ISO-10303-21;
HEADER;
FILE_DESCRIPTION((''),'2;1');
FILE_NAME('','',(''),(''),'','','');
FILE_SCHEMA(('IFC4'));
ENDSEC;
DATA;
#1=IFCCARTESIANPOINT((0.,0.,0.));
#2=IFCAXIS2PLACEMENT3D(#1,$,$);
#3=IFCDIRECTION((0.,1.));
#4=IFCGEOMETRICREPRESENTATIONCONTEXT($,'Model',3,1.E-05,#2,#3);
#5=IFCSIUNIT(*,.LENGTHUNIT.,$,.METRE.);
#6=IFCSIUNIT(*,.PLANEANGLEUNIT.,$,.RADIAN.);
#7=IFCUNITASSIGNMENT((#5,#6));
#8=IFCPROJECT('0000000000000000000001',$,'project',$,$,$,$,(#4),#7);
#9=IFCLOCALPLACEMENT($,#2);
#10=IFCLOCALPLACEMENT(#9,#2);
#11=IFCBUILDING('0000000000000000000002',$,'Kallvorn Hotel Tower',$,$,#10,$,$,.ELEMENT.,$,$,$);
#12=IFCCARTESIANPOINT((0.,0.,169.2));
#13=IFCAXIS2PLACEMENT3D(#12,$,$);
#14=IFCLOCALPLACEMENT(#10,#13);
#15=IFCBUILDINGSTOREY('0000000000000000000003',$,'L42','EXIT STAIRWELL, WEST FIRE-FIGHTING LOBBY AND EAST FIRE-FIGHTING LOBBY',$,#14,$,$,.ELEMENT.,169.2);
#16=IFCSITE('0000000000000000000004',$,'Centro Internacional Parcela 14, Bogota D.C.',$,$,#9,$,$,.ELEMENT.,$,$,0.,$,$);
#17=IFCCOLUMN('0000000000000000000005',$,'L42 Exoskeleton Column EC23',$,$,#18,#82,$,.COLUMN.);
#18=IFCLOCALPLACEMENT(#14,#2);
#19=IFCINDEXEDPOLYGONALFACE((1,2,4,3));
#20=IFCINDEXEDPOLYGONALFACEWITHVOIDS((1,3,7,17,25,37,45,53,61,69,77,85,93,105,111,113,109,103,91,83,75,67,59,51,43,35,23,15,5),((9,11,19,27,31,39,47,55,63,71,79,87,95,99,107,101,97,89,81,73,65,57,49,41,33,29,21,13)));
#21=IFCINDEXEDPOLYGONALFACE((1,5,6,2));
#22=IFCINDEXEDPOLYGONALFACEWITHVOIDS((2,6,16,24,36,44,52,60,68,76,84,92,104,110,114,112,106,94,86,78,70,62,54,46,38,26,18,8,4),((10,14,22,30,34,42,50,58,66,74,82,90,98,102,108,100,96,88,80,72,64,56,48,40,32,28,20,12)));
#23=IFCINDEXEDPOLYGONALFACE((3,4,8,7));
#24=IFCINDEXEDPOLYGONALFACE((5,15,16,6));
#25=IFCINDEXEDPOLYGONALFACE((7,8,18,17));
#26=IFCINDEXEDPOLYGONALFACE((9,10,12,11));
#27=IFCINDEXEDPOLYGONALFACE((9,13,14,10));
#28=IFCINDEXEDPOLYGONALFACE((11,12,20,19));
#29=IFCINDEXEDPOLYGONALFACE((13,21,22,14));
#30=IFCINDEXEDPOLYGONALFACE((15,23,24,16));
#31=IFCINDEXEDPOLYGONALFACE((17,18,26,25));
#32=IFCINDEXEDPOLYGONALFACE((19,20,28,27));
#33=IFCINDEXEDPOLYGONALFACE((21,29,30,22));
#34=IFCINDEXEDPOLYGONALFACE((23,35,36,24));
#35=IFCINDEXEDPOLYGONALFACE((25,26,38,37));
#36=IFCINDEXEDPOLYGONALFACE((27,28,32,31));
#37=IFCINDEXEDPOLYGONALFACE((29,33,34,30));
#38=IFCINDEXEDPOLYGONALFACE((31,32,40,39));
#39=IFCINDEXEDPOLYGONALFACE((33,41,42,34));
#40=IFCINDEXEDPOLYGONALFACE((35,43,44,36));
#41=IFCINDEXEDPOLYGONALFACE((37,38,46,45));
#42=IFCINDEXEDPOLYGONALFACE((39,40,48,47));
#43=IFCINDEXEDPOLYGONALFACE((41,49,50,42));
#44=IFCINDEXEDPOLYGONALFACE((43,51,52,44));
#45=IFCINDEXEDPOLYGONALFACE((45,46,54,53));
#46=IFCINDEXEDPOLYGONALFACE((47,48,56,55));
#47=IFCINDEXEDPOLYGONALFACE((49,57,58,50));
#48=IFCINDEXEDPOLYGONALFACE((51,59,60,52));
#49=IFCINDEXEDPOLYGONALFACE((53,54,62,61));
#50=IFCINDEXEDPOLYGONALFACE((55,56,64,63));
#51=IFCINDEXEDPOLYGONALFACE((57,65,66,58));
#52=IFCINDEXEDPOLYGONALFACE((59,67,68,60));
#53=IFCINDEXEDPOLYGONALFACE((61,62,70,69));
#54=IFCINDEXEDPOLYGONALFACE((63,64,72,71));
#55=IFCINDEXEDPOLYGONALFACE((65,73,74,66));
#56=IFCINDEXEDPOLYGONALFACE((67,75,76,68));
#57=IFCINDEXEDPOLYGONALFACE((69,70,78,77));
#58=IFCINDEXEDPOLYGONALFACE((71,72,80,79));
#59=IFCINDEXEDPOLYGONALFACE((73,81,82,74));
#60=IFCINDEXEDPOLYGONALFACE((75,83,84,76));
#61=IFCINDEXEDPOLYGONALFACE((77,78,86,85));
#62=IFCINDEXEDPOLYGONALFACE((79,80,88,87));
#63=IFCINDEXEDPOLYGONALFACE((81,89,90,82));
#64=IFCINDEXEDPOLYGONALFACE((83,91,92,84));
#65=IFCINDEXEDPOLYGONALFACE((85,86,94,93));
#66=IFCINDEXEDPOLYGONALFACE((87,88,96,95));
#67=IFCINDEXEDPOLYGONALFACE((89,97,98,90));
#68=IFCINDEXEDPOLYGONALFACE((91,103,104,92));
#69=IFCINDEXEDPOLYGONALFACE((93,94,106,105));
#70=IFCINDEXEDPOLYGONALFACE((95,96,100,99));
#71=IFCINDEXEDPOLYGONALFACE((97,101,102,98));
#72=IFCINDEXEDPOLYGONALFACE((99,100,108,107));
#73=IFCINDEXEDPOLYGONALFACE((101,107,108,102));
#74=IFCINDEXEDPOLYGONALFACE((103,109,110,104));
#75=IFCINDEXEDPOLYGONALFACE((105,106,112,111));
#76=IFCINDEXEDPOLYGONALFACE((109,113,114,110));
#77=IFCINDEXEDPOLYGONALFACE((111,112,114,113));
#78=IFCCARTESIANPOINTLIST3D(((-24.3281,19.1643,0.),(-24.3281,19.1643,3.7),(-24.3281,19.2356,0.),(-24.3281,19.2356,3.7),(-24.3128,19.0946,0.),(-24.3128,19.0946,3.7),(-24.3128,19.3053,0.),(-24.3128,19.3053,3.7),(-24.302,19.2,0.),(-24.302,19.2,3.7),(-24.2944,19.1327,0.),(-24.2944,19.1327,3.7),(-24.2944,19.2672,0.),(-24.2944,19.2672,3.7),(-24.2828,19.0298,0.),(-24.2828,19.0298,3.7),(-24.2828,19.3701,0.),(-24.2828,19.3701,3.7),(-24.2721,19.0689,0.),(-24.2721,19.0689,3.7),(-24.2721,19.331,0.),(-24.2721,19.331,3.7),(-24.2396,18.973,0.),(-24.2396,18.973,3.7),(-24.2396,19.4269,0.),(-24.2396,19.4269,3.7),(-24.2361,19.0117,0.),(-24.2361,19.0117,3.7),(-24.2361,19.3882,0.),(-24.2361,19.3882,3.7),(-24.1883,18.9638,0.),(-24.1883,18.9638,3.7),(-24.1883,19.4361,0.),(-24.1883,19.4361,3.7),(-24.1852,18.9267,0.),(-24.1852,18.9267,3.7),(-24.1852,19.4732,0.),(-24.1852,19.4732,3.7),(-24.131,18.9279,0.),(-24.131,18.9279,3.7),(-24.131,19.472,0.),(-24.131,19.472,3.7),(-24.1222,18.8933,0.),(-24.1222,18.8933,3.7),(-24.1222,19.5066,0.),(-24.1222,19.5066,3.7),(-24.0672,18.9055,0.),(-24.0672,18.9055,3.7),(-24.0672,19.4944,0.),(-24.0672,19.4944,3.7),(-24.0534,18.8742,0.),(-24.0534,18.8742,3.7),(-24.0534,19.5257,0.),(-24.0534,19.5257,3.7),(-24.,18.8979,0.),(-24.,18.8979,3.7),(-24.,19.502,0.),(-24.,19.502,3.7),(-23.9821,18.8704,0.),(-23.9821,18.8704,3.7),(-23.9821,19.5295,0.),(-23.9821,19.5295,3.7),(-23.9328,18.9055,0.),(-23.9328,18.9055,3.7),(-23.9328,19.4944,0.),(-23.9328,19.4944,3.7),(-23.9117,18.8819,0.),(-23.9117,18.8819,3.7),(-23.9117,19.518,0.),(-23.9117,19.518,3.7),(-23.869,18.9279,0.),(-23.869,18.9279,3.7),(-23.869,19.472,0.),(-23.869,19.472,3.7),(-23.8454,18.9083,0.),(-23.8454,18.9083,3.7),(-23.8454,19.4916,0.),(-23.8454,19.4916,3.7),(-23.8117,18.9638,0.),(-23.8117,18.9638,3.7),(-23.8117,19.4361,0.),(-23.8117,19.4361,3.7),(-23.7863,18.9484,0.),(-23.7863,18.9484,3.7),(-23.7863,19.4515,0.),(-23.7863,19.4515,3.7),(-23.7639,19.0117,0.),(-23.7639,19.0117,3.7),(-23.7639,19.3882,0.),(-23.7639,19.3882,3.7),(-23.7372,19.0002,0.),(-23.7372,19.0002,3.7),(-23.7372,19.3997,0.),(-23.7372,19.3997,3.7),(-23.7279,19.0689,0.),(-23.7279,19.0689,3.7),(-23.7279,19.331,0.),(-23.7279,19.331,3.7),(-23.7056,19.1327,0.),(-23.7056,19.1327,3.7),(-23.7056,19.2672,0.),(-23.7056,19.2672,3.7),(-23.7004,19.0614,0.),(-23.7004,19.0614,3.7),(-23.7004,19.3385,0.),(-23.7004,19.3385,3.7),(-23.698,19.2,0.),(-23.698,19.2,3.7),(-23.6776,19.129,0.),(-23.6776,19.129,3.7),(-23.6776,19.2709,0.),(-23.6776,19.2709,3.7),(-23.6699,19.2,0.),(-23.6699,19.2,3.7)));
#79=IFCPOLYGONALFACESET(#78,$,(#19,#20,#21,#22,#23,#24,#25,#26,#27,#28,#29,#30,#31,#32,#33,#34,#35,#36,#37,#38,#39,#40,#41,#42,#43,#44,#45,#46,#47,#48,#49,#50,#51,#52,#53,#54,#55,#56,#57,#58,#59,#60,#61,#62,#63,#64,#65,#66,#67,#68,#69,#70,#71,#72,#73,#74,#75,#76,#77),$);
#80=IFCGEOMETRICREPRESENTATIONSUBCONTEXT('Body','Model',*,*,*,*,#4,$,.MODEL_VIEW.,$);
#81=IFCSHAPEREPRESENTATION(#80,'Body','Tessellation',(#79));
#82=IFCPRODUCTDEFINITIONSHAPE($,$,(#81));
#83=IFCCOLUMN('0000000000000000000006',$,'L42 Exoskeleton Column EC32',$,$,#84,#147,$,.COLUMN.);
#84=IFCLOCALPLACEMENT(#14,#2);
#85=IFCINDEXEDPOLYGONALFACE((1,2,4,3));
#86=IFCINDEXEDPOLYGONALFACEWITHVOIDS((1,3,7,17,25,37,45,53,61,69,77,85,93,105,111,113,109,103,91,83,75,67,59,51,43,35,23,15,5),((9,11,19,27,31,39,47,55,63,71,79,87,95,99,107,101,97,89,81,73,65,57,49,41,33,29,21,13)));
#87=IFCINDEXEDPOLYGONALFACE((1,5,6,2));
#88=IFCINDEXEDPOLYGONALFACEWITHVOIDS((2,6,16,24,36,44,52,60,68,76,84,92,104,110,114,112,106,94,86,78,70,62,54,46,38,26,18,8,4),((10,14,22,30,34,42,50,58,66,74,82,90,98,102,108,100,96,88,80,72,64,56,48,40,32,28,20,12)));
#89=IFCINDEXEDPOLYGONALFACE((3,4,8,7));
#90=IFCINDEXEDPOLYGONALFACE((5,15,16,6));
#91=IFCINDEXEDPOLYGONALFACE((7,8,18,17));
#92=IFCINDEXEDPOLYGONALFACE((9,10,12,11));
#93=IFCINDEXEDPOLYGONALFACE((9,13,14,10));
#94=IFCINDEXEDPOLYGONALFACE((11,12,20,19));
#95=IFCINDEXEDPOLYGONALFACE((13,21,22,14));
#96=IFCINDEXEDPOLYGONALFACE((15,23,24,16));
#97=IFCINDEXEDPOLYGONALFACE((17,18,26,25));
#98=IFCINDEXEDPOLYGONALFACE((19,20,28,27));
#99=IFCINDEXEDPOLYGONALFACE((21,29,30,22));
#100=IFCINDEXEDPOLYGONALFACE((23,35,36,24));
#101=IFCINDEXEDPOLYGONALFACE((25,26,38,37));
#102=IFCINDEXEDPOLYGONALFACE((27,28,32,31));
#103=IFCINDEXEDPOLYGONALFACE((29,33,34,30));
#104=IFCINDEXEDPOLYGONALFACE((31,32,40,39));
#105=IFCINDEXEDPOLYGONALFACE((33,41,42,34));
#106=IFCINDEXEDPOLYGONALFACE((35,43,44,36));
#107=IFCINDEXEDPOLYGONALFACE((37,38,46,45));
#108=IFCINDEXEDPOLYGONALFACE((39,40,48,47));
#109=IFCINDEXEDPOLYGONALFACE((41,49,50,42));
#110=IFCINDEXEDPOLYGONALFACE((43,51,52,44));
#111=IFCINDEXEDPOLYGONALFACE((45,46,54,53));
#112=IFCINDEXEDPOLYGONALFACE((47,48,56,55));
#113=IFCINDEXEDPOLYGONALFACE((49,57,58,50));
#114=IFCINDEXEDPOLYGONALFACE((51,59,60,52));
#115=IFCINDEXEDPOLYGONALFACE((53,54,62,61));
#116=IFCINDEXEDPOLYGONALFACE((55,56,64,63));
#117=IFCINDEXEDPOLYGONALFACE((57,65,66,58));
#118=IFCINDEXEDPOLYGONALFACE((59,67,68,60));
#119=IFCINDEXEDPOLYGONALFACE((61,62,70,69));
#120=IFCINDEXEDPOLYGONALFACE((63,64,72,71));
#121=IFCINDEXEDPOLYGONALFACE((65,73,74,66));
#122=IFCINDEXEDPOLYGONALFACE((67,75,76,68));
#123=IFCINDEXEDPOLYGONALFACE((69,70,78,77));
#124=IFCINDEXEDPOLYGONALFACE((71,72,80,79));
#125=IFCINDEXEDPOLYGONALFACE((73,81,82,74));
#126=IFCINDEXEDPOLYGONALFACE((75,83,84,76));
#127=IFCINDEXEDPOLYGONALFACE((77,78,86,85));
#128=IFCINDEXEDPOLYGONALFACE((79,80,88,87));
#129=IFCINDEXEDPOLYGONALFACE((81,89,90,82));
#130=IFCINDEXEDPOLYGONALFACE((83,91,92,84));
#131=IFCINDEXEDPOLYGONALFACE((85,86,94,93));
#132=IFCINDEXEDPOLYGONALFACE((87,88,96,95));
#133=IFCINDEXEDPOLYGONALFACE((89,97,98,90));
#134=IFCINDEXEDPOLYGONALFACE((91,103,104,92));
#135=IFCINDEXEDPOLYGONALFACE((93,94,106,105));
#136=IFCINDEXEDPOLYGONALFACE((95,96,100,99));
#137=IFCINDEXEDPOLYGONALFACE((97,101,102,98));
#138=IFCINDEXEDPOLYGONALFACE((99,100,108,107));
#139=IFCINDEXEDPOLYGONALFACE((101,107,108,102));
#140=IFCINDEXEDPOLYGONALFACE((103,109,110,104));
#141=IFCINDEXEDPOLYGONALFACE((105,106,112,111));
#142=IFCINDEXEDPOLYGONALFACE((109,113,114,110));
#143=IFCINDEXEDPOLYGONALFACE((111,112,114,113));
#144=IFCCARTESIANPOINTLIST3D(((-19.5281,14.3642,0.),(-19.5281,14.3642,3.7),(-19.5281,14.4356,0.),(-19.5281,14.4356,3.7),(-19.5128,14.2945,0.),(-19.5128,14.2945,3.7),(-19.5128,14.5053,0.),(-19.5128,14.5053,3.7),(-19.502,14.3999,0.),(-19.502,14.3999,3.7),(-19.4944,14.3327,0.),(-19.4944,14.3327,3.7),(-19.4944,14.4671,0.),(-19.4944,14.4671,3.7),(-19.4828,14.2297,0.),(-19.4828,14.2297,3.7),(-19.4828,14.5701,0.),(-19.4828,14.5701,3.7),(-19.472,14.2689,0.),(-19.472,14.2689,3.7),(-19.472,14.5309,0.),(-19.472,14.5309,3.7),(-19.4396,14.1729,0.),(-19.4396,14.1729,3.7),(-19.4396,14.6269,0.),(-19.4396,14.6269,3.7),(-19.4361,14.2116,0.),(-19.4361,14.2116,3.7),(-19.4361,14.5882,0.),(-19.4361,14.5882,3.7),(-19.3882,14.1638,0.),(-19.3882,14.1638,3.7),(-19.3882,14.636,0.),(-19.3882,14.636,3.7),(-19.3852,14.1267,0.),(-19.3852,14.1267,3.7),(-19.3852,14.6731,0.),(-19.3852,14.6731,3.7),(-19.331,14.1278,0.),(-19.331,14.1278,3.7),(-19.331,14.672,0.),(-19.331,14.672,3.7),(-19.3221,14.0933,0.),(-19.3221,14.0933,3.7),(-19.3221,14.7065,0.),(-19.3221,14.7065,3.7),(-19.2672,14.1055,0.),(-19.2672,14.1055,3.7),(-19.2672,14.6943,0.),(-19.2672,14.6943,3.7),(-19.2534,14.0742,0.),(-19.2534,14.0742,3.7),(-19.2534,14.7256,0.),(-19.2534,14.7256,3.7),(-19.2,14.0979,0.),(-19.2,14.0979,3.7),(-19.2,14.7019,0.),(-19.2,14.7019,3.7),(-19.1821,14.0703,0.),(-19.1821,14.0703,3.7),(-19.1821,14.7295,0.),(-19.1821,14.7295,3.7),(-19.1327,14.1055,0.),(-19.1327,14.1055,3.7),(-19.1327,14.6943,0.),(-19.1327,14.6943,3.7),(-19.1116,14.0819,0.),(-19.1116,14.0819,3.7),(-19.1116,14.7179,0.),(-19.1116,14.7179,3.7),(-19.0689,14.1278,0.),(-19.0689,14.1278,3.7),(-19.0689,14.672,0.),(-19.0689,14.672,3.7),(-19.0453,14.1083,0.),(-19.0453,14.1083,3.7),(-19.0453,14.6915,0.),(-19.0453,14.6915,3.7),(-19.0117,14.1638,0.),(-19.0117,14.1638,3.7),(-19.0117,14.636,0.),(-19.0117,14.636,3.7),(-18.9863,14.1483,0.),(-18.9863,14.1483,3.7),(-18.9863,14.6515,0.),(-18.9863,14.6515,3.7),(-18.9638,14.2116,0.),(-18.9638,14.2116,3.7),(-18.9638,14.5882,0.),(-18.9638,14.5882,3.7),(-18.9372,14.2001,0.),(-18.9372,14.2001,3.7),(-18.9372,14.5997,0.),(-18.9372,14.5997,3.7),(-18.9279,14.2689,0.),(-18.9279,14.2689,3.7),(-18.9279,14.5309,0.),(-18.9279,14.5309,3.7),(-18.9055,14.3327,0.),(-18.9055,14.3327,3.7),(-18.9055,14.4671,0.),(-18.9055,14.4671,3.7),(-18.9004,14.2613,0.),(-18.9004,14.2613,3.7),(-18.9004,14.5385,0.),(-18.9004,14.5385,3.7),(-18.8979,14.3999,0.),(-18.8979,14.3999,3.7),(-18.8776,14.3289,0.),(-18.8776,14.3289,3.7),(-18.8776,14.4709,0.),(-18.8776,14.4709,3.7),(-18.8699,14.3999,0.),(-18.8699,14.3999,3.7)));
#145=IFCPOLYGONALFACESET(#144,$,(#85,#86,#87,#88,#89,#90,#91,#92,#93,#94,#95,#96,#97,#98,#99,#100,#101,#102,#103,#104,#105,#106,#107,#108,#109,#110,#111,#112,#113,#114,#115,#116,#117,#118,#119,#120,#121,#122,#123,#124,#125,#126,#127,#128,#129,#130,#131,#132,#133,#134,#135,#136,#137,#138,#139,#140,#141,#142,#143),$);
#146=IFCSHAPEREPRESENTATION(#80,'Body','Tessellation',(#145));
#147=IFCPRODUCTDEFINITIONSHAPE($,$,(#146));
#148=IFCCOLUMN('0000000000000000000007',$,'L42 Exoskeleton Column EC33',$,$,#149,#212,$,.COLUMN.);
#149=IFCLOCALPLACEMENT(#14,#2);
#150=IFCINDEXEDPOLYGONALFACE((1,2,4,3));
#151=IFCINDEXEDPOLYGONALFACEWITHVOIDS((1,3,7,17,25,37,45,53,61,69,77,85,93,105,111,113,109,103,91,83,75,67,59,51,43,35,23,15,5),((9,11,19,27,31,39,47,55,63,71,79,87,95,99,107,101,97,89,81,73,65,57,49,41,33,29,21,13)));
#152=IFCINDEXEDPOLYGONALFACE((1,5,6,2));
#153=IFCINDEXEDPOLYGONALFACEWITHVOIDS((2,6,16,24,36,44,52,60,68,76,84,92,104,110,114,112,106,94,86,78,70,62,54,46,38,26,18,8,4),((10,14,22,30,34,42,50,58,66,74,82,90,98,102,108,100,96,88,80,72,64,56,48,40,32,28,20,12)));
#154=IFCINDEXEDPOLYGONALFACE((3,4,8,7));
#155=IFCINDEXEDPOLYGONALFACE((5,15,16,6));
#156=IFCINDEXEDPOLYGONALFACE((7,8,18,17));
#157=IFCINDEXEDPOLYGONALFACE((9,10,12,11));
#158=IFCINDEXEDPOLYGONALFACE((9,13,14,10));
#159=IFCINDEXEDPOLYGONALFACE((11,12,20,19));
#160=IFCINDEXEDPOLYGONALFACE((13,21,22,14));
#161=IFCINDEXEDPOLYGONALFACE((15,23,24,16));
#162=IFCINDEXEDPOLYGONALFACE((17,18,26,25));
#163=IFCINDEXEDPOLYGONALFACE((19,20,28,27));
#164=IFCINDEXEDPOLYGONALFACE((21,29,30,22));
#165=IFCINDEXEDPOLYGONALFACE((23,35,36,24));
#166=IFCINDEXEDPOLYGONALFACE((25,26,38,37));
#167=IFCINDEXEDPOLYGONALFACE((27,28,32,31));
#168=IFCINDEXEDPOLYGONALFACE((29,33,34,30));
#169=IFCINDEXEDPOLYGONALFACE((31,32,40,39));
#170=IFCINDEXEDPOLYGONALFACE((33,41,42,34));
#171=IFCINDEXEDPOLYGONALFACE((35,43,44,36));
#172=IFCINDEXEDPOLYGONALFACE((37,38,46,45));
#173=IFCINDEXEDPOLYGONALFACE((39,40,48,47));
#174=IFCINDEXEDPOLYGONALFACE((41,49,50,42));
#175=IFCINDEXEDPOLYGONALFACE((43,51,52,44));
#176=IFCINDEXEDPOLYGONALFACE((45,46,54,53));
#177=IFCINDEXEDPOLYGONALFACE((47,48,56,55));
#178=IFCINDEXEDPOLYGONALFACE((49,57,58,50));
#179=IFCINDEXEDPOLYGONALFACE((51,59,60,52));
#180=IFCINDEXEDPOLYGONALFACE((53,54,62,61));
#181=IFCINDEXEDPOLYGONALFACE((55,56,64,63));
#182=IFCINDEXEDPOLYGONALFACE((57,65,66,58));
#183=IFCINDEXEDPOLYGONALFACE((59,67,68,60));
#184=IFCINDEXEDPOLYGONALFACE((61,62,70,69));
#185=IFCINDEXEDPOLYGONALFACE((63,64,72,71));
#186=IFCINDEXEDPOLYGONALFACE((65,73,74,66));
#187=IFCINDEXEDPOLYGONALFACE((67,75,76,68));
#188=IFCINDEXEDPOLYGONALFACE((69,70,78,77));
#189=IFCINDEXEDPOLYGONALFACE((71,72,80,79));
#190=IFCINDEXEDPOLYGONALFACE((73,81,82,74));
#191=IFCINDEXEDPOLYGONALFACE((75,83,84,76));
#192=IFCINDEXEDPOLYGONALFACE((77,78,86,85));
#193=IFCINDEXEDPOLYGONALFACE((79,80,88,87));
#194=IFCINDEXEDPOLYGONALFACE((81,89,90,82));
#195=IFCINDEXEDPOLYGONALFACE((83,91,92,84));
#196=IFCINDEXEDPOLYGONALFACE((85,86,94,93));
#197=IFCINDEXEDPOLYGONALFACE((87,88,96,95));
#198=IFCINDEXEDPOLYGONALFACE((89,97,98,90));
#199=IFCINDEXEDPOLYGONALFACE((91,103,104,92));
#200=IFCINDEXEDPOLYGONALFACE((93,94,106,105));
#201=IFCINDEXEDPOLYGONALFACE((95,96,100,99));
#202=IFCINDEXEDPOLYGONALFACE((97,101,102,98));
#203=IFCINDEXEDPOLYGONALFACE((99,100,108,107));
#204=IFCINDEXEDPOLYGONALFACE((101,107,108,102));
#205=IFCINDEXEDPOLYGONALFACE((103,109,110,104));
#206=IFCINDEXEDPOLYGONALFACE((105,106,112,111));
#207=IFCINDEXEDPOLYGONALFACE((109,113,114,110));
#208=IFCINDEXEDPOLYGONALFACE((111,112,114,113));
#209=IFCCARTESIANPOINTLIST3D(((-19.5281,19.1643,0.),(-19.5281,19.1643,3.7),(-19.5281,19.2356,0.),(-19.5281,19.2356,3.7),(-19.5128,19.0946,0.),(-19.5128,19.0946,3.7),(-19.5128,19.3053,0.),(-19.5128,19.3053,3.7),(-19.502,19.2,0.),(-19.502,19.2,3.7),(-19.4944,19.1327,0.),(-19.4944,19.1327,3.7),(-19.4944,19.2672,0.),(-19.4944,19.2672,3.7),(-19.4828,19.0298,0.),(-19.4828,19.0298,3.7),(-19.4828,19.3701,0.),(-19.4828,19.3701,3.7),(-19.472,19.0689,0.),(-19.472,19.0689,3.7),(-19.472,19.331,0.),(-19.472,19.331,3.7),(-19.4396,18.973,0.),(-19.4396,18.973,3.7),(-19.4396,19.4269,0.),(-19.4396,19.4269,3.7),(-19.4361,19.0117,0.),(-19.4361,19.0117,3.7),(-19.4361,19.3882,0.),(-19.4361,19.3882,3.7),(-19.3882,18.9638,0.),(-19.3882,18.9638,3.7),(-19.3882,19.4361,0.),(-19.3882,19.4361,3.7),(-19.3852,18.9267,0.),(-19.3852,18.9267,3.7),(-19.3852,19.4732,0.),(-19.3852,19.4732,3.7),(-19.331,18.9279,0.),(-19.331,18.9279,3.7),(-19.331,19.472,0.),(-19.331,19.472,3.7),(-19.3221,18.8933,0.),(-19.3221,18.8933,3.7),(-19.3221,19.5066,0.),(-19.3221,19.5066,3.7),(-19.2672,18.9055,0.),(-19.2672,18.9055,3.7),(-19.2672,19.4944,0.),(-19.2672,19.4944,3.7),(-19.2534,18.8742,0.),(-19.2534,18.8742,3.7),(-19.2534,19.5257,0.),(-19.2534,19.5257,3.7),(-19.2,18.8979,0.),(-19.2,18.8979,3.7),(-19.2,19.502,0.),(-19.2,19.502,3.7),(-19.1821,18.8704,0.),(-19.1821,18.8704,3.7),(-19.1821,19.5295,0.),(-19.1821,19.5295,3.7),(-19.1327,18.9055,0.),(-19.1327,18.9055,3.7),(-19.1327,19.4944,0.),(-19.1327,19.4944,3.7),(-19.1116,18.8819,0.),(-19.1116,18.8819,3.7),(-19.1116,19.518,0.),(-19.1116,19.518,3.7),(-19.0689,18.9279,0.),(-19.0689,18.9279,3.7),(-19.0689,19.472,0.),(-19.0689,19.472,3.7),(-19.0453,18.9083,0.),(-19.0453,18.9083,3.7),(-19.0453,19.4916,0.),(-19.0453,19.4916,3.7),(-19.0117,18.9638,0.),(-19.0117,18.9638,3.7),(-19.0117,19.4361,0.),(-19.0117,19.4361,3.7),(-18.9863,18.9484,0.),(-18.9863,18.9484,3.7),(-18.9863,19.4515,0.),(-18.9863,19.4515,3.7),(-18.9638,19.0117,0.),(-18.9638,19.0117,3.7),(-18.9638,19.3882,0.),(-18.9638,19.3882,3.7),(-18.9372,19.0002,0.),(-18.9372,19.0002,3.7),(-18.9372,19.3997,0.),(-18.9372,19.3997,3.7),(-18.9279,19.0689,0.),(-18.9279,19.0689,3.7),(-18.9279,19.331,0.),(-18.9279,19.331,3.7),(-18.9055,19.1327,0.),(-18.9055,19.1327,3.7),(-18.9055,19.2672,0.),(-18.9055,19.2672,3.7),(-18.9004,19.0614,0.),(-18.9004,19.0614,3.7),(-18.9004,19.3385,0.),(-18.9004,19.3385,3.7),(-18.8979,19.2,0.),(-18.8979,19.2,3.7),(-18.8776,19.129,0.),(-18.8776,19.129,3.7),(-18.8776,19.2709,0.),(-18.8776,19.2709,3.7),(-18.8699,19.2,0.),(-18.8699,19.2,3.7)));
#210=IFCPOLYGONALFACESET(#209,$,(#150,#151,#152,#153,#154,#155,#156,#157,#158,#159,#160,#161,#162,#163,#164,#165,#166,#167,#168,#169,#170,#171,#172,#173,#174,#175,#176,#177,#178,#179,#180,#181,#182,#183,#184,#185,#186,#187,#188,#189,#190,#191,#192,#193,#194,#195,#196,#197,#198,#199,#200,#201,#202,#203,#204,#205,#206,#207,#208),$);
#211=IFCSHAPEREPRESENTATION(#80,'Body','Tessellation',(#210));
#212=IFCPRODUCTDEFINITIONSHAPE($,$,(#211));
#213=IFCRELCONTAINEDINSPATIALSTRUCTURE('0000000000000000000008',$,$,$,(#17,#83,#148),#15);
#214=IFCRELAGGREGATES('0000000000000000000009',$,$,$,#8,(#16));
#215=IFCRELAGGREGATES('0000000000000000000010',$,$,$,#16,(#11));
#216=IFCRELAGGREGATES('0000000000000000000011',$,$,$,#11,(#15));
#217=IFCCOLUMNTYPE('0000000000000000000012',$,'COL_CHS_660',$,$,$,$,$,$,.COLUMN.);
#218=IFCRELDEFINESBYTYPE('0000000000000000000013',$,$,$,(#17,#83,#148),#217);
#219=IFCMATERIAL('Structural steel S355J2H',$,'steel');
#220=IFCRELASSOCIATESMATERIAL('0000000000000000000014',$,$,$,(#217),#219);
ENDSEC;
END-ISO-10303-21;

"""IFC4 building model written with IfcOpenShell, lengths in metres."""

from ifc_helpers import new_model, si_unit, direction, frame, origin, origin_2d, place, context, subcontext, project, spatial, hollow_circle, extrude, material, material_profile, profile_set, type_object, element, save


model = new_model("IFC4")

# Units and contexts
model_context = context("Model", 3, precision=1e-05, world=origin(), true_north=direction((0.0, 1.0)))
body_context = subcontext(model_context, "Body", "Model", "MODEL_VIEW")
ifc_project = project(units=[si_unit("LENGTHUNIT", "METRE"), si_unit("PLANEANGLEUNIT", "RADIAN")], contexts=[model_context])

# Site, building, storey
site_placement = place(None, origin())
site = spatial("IfcSite", under=ifc_project, at=site_placement, Name="Centro Internacional Parcela 14, Bogota D.C.", CompositionType="ELEMENT", RefElevation=0.0)
building_placement = place(site_placement, origin())
building = spatial("IfcBuilding", under=site, at=building_placement, Name="Kallvorn Hotel Tower", CompositionType="ELEMENT")
storey_placement = place(building_placement, frame((0.0, 0.0, 169.2)))
storey = spatial("IfcBuildingStorey", under=building, at=storey_placement, Name="L42", Description="EXIT STAIRWELL, WEST FIRE-FIGHTING LOBBY AND EAST FIRE-FIGHTING LOBBY", CompositionType="ELEMENT", Elevation=169.2)

# Columns
ifc_material_1 = material(Name="Structural steel S355J2H", Category="steel")
ifc_material_profile_1 = material_profile(ifc_material_1, hollow_circle(Radius=0.3301, WallThickness=0.0281, at=origin_2d()), Name="CHS 660x28")
ifc_profile_set_1 = profile_set([ifc_material_profile_1], Name="Structural steel S355J2H")
column_type_1 = type_object("IfcColumnType", Name="COL_CHS_660", PredefinedType="COLUMN", material=ifc_profile_set_1)
for number, where, z_axis, x_axis, name in (
    (1, (-24.0, 19.2, 0.0), (0.0, 0.0, 1.0), (1.0, 0.0, 0.0), "L42 Exoskeleton Column EC23"),
    (2, (-19.2, 14.3999, 0.0), (0.0, 0.0, 1.0), (1.0, 0.0, 0.0), "L42 Exoskeleton Column EC32"),
    (3, (-19.2, 19.2, 0.0), (0.0, 0.0, 1.0), (1.0, 0.0, 0.0), "L42 Exoskeleton Column EC33"),
):
    element("IfcColumn", number, at=place(storey_placement, frame(where, z_axis=z_axis, x_axis=x_axis)), inside=storey, type_object=column_type_1, Name=name, PredefinedType="COLUMN", context=body_context, shape_type="SweptSolid", body=[
        extrude(hollow_circle(Radius=0.3301, WallThickness=0.0281, at=origin_2d()), origin(), (0.0, 0.0, 1.0), 3.7),
    ])

save(model, "model.ifc")
